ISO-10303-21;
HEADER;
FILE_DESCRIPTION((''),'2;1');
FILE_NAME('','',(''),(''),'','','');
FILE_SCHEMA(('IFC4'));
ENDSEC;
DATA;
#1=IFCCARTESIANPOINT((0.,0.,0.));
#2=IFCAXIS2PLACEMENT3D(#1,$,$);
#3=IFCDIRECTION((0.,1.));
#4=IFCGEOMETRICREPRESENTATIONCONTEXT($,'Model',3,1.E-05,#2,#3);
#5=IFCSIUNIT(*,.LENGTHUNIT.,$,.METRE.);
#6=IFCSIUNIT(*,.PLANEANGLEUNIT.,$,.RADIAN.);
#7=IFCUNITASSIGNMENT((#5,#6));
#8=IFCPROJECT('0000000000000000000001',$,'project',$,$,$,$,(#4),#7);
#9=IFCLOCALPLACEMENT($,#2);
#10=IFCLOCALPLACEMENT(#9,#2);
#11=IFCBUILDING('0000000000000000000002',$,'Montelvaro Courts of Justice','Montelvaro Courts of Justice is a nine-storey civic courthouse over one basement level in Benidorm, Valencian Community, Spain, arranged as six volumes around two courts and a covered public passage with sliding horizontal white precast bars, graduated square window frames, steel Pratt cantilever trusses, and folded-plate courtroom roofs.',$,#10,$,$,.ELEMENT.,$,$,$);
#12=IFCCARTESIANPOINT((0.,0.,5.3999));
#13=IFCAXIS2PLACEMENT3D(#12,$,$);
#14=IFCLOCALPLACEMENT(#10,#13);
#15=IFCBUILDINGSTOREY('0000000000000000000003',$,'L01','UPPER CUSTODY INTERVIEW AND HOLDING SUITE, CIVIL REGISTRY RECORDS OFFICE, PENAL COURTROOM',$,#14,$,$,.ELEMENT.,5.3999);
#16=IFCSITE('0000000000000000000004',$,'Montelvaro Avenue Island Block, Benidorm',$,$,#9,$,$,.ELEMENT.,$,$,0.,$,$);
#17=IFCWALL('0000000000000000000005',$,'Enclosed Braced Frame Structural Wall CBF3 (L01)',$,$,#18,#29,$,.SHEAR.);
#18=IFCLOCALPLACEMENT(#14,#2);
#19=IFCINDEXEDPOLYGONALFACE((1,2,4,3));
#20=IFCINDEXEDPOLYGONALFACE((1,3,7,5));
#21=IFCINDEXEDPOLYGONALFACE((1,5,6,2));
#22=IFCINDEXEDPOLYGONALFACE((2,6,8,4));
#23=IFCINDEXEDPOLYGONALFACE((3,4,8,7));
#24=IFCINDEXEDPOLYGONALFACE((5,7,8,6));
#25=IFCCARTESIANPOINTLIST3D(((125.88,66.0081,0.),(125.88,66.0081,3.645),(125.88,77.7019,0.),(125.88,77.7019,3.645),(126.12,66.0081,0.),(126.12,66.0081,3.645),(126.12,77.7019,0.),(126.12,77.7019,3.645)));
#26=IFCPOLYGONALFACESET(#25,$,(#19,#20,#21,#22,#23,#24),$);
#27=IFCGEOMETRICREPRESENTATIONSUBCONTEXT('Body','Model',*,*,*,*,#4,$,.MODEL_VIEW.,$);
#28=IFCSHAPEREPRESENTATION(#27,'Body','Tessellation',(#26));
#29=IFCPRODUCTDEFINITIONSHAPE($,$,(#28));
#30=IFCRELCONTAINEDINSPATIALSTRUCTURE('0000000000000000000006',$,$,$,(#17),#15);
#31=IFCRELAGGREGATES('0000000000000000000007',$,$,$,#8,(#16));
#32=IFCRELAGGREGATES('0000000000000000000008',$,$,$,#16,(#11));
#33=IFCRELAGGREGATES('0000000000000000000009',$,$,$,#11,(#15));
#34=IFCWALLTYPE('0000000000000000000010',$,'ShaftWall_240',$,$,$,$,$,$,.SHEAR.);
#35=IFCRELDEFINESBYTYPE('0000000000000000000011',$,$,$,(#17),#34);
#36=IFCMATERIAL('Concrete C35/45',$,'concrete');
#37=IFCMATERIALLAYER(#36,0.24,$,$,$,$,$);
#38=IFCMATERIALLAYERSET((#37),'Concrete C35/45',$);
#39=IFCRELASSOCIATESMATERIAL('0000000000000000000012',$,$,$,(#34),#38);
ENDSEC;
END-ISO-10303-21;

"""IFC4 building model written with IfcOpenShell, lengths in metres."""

from ifc_helpers import new_model, si_unit, direction, frame, frame_2d, origin, place, context, subcontext, project, spatial, rectangle, extrude, material, layer, layer_set, type_object, element, save


model = new_model("IFC4")

# Units and contexts
model_context = context("Model", 3, precision=1e-05, world=origin(), true_north=direction((0.0, 1.0)))
body_context = subcontext(model_context, "Body", "Model", "MODEL_VIEW")
ifc_project = project(units=[si_unit("LENGTHUNIT", "METRE"), si_unit("PLANEANGLEUNIT", "RADIAN")], contexts=[model_context])

# Site, building, storey
site_placement = place(None, origin())
site = spatial("IfcSite", under=ifc_project, at=site_placement, Name="Montelvaro Avenue Island Block, Benidorm", CompositionType="ELEMENT", RefElevation=0.0)
building_placement = place(site_placement, origin())
building = spatial("IfcBuilding", under=site, at=building_placement, Name="Montelvaro Courts of Justice", Description="Montelvaro Courts of Justice is a nine-storey civic courthouse over one basement level in Benidorm, Valencian Community, Spain, arranged as six volumes around two courts and a covered public passage with sliding horizontal white precast bars, graduated square window frames, steel Pratt cantilever trusses, and folded-plate courtroom roofs.", CompositionType="ELEMENT")
storey_placement = place(building_placement, frame((0.0, 0.0, 5.3999)))
storey = spatial("IfcBuildingStorey", under=building, at=storey_placement, Name="L01", Description="UPPER CUSTODY INTERVIEW AND HOLDING SUITE, CIVIL REGISTRY RECORDS OFFICE, PENAL COURTROOM", CompositionType="ELEMENT", Elevation=5.3999)

# Wall
ifc_material_1 = material(Name="Concrete C35/45", Category="concrete")
ifc_layer_1 = layer(ifc_material_1, 0.24)
ifc_layer_set_1 = layer_set([ifc_layer_1], Name="Concrete C35/45")
wall_type_1 = type_object("IfcWallType", Name="ShaftWall_240", PredefinedType="SHEAR", material=ifc_layer_set_1)
wall_1_placement = place(storey_placement, frame((126.0, 66.0081, 0.0), z_axis=(0.0, 0.0, 1.0), x_axis=(0.0, 1.0, 0.0)))
element("IfcWall", 1, at=wall_1_placement, inside=storey, type_object=wall_type_1, Name="Enclosed Braced Frame Structural Wall CBF3 (L01)", PredefinedType="SHEAR", context=body_context, shape_type="SweptSolid", body=[
    extrude(rectangle(XDim=11.6938, YDim=0.24, at=frame_2d((5.8469, 0.0))), origin(), (0.0, 0.0, 1.0), 3.645),
])

save(model, "model.ifc")
